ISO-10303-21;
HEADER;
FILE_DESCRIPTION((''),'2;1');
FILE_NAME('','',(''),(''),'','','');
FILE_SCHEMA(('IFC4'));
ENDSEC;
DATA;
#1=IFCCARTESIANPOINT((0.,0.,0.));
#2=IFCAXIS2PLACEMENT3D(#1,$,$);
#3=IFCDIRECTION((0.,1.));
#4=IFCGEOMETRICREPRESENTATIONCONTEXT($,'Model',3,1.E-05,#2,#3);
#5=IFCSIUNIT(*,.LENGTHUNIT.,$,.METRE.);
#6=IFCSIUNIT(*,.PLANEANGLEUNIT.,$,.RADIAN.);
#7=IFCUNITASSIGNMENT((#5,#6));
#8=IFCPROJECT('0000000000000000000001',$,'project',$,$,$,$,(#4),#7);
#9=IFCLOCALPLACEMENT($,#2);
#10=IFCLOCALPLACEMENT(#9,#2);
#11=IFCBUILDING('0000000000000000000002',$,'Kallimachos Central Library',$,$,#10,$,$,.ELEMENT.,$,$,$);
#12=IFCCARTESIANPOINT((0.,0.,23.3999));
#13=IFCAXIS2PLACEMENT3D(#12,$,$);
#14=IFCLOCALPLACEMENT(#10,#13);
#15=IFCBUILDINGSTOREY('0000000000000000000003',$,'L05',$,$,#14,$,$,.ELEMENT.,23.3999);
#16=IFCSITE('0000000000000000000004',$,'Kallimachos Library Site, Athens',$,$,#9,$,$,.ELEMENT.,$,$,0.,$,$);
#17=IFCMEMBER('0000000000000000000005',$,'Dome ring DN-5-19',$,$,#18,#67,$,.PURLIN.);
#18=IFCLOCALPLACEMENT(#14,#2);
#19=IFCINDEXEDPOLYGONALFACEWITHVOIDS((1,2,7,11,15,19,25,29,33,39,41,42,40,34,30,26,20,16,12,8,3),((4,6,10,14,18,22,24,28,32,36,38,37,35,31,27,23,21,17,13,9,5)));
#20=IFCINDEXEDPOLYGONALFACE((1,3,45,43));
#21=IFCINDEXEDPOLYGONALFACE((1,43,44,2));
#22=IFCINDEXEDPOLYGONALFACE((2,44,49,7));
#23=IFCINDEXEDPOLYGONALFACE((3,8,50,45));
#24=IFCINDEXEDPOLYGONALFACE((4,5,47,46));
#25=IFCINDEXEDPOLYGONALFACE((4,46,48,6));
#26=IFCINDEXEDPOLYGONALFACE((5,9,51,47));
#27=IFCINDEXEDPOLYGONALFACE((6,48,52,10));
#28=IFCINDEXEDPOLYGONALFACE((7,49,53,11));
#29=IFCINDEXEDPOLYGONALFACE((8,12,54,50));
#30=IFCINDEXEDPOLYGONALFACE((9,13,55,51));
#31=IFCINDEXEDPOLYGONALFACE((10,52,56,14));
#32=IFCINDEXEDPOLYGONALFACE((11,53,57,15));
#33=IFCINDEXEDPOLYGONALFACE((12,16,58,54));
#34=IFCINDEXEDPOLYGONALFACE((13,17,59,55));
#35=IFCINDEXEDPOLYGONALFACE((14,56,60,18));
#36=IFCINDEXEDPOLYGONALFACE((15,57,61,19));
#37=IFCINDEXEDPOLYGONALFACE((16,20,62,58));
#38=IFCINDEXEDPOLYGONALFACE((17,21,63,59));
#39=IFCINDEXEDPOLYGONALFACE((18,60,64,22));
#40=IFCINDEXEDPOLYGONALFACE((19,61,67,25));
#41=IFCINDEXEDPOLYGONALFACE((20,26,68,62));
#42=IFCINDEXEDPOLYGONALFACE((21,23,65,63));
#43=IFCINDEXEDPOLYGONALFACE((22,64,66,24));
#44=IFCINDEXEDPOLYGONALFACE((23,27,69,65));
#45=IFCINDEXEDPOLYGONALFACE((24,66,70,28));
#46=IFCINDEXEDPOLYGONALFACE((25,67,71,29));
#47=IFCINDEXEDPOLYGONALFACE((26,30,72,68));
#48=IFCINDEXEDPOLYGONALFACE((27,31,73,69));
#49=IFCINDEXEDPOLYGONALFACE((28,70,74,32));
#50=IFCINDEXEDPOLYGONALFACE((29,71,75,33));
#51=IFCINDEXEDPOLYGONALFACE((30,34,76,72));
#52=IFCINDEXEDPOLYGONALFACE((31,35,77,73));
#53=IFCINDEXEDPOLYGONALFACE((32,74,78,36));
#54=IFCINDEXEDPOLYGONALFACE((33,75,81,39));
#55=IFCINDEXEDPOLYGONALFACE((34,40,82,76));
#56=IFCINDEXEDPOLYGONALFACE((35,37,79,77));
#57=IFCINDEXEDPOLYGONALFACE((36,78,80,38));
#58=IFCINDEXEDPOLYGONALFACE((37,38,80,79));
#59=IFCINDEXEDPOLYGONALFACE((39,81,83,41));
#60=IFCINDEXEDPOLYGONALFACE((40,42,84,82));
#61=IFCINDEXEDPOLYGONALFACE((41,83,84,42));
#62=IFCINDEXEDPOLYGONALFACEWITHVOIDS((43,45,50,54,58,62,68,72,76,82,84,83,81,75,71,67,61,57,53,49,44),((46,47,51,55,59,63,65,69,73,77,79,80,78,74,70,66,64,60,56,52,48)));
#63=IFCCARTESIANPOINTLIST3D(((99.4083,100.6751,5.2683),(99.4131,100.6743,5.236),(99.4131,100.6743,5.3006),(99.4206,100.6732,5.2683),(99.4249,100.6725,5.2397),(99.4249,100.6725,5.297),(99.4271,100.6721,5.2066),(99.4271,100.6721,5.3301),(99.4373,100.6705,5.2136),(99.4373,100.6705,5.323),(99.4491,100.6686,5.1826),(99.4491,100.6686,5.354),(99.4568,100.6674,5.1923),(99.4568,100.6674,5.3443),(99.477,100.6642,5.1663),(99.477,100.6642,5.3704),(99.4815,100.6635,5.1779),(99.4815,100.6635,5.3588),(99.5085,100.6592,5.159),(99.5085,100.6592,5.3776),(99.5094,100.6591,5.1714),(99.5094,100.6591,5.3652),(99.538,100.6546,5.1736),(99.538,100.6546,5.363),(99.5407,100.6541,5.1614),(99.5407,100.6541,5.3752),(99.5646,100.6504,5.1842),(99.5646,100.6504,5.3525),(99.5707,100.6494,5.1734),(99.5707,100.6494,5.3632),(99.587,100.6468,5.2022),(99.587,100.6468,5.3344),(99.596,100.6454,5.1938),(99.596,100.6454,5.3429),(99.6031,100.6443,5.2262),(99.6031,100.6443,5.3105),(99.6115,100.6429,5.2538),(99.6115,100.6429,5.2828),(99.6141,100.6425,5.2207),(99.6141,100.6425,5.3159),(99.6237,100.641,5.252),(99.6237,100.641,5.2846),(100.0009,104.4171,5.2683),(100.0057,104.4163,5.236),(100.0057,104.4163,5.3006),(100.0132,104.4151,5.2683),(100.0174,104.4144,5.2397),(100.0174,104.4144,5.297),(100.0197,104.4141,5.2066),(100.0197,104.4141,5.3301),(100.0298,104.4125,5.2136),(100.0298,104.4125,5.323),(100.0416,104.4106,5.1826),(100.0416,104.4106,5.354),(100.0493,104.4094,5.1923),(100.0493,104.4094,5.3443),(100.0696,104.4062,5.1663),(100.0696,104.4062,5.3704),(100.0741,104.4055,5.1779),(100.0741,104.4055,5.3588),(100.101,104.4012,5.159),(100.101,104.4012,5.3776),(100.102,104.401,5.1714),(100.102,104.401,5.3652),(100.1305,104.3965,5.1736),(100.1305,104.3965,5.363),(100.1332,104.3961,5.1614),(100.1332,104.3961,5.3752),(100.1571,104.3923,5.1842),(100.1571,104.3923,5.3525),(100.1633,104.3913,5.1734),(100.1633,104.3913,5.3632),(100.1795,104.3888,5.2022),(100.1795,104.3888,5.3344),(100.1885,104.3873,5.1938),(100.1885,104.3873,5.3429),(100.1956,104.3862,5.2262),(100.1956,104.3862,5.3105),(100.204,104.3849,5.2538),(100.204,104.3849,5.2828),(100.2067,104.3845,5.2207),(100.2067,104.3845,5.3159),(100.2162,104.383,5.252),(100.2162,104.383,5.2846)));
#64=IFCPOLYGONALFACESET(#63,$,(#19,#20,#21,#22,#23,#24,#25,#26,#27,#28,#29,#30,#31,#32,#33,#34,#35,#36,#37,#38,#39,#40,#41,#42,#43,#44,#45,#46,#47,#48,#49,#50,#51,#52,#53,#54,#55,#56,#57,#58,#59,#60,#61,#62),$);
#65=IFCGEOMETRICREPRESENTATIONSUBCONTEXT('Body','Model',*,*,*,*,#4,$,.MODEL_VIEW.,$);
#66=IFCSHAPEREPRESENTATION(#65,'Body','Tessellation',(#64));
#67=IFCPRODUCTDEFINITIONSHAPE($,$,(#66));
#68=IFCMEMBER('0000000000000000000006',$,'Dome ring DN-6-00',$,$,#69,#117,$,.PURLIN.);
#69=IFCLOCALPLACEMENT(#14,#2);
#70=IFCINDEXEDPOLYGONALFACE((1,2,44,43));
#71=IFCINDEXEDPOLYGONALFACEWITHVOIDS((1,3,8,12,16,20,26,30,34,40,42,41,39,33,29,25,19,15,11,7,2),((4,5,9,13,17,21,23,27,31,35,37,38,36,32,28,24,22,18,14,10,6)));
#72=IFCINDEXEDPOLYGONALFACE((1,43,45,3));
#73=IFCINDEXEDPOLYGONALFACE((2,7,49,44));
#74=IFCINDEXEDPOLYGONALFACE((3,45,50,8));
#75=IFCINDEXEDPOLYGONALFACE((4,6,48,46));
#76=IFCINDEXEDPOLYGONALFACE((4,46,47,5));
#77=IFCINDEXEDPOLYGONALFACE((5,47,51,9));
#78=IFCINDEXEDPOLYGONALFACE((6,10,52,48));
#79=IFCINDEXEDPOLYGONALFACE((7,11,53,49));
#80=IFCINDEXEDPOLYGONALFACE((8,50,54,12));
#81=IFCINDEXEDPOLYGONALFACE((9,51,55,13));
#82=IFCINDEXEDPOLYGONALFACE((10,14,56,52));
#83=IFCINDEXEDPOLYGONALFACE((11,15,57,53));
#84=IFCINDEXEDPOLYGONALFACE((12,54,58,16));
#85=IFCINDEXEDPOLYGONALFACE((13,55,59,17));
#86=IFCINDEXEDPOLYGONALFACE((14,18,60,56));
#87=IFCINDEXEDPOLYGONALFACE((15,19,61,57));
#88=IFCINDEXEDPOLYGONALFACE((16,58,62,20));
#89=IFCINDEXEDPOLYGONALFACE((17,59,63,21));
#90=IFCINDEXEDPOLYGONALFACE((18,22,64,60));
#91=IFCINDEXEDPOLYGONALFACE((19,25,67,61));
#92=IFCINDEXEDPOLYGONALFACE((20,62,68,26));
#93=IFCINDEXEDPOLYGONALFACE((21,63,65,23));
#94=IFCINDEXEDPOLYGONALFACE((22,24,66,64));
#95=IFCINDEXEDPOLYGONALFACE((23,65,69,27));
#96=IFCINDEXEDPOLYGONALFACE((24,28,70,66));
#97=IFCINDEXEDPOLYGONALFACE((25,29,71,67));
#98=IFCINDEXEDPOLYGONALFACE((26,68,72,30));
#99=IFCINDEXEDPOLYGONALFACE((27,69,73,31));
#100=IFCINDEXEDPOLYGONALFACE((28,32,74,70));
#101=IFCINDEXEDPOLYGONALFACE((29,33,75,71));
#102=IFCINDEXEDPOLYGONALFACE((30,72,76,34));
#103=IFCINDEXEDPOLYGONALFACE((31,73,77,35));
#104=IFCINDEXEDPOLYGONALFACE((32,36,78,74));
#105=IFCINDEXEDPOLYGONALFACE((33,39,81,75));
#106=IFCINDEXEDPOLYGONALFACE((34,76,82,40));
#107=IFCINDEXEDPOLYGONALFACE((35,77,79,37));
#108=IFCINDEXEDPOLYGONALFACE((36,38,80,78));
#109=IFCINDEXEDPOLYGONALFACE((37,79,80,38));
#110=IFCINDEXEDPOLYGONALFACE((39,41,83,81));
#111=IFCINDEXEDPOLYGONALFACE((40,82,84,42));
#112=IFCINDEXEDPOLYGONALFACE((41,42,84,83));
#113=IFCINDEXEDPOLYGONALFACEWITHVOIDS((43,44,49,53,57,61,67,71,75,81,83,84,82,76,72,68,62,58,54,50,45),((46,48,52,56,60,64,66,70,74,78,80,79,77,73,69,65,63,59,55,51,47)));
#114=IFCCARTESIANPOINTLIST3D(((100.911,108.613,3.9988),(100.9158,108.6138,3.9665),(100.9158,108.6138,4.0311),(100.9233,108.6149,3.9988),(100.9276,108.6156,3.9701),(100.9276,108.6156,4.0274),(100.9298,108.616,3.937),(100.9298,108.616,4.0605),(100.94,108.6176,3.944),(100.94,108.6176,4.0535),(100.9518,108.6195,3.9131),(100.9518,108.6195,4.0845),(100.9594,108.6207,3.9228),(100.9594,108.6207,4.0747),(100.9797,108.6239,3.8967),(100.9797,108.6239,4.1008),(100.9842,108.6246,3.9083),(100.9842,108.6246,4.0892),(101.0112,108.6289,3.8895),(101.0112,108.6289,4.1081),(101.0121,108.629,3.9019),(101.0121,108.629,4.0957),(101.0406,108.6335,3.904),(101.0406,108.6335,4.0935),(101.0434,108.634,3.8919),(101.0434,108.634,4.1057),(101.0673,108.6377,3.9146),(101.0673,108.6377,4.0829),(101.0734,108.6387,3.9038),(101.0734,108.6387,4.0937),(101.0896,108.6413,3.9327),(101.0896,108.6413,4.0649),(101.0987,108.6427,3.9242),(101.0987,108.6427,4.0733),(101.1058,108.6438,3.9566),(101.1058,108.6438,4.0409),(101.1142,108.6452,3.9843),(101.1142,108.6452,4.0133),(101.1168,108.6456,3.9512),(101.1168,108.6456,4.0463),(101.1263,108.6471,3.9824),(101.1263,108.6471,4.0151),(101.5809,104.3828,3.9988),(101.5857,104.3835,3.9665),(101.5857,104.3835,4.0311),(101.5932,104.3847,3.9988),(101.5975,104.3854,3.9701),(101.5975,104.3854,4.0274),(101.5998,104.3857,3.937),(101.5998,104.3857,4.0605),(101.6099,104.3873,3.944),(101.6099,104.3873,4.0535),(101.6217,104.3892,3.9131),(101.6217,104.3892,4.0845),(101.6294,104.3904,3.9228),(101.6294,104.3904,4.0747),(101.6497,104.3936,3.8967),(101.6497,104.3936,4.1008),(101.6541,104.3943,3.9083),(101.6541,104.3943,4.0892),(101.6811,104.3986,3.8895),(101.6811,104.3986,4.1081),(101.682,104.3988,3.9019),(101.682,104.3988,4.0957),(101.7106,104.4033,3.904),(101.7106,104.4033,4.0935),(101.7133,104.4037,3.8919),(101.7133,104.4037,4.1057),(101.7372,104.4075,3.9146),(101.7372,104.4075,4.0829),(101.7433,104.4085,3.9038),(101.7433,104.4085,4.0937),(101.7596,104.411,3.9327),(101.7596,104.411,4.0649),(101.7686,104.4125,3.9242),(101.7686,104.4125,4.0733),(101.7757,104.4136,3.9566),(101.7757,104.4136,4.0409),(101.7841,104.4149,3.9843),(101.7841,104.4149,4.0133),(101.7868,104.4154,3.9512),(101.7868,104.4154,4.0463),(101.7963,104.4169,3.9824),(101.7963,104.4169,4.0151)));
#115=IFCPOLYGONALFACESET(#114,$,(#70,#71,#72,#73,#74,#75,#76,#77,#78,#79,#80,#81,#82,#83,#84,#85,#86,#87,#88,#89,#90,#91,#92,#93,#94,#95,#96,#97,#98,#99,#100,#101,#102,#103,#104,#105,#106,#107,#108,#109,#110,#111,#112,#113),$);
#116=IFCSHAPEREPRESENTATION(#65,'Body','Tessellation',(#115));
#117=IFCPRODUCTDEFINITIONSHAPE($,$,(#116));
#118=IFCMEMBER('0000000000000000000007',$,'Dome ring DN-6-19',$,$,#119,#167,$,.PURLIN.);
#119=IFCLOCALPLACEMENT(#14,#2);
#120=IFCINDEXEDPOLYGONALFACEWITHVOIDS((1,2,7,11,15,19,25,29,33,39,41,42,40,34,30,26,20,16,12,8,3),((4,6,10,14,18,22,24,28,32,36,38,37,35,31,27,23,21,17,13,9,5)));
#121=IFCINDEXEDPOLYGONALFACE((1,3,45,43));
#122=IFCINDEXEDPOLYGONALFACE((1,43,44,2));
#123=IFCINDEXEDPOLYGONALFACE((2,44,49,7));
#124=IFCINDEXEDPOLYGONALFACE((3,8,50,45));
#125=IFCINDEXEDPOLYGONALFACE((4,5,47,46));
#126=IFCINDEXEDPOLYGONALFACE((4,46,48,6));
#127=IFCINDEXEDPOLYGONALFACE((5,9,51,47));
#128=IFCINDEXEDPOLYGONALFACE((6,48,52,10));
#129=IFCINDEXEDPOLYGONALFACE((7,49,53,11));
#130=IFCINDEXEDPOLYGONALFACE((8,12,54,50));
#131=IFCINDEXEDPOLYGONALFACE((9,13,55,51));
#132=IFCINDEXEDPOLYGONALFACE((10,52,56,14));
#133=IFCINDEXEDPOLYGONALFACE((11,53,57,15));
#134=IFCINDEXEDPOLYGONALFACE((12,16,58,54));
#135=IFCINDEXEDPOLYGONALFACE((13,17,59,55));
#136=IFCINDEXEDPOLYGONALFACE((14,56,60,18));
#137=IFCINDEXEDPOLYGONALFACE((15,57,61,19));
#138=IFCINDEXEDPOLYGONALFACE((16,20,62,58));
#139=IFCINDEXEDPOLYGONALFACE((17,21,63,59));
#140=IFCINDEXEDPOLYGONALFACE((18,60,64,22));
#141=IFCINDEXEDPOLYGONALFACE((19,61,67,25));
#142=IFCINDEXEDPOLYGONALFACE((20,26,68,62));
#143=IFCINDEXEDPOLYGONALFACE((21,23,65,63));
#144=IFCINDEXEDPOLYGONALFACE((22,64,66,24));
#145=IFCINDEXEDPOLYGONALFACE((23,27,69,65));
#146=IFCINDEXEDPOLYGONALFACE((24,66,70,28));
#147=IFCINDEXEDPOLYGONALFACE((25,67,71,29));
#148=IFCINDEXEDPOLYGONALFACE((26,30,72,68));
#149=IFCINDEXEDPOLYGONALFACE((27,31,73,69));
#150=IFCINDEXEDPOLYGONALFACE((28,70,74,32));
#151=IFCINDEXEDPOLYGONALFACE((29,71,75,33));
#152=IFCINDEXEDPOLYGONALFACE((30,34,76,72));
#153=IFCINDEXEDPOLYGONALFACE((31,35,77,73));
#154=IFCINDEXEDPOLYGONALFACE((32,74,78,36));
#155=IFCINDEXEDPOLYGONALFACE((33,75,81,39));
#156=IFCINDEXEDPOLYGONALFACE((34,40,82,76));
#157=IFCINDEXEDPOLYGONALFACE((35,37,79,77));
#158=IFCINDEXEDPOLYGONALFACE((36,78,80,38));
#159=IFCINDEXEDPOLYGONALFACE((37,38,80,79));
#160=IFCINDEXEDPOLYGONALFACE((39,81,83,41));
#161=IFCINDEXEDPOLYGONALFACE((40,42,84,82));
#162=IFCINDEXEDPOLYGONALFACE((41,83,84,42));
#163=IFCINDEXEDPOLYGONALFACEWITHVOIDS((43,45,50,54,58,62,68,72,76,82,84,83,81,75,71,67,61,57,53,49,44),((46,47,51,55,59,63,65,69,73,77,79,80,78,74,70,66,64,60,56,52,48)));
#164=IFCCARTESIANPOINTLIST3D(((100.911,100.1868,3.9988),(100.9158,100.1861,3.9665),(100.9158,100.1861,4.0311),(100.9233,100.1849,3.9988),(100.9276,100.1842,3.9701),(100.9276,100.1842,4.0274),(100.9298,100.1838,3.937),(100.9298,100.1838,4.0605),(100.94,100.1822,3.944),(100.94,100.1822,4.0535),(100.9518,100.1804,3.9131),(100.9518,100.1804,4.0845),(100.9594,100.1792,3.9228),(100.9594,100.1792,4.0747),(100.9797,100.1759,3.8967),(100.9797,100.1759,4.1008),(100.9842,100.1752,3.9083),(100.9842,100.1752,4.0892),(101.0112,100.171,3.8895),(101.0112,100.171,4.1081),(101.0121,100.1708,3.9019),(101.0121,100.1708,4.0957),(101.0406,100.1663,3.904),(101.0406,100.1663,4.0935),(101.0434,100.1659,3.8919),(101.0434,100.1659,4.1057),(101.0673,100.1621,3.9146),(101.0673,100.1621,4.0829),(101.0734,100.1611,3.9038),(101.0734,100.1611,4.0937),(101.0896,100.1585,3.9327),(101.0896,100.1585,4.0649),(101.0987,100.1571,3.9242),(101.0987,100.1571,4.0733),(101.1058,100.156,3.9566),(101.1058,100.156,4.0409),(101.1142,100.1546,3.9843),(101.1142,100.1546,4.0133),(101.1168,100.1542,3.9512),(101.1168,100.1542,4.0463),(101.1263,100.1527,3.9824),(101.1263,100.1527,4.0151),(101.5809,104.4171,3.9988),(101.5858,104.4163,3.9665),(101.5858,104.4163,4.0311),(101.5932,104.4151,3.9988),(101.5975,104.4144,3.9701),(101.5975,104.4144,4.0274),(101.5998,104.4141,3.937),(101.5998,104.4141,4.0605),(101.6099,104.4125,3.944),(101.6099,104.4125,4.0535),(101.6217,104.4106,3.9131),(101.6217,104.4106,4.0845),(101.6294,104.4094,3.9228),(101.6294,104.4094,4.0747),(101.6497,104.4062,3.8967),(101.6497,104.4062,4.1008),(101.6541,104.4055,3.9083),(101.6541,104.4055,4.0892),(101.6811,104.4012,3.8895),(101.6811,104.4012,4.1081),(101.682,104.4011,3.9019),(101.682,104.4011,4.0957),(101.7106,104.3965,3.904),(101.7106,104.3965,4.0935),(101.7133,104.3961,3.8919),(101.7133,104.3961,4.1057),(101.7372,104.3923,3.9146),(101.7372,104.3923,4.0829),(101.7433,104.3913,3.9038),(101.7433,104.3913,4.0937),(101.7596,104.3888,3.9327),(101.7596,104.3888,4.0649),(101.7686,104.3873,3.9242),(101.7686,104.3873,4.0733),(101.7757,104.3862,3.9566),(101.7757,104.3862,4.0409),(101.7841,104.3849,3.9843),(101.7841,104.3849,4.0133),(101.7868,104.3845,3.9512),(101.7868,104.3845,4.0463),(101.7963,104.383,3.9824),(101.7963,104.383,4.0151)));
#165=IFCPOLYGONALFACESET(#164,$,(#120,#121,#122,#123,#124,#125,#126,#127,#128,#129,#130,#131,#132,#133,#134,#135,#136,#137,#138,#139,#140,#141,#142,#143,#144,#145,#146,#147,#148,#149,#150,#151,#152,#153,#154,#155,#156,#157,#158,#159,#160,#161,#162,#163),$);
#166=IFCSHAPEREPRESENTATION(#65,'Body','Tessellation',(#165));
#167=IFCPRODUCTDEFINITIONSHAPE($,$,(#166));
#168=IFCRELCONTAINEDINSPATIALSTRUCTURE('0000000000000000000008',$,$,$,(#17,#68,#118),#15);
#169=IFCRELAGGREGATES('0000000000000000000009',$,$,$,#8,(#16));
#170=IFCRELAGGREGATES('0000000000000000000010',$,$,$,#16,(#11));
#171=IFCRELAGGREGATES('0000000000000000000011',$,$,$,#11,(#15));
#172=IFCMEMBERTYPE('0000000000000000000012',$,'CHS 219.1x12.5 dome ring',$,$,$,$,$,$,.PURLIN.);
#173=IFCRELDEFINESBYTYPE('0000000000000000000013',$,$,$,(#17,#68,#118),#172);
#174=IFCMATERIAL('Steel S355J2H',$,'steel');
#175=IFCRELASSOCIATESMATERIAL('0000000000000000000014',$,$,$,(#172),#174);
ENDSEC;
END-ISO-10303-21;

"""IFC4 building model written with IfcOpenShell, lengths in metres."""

from ifc_helpers import new_model, si_unit, direction, frame, origin, origin_2d, place, context, subcontext, project, spatial, hollow_circle, extrude, material, material_profile, profile_set, type_object, element, save


model = new_model("IFC4")

# Units and contexts
model_context = context("Model", 3, precision=1e-05, world=origin(), true_north=direction((0.0, 1.0)))
body_context = subcontext(model_context, "Body", "Model", "MODEL_VIEW")
ifc_project = project(units=[si_unit("LENGTHUNIT", "METRE"), si_unit("PLANEANGLEUNIT", "RADIAN")], contexts=[model_context])

# Site, building, storey
site_placement = place(None, origin())
site = spatial("IfcSite", under=ifc_project, at=site_placement, Name="Kallimachos Library Site, Athens", CompositionType="ELEMENT", RefElevation=0.0)
building_placement = place(site_placement, origin())
building = spatial("IfcBuilding", under=site, at=building_placement, Name="Kallimachos Central Library", CompositionType="ELEMENT")
storey_placement = place(building_placement, frame((0.0, 0.0, 23.3999)))
storey = spatial("IfcBuildingStorey", under=building, at=storey_placement, Name="L05", CompositionType="ELEMENT", Elevation=23.3999)

# Members
ifc_material_1 = material(Name="Steel S355J2H", Category="steel")
ifc_material_profile_1 = material_profile(ifc_material_1, hollow_circle(Radius=0.1096, WallThickness=0.0125, at=origin_2d()), Name="CHS 219.1x12.5")
ifc_profile_set_1 = profile_set([ifc_material_profile_1], Name="Steel S355J2H")
member_type_1 = type_object("IfcMemberType", Name="CHS 219.1x12.5 dome ring", PredefinedType="PURLIN", material=ifc_profile_set_1)
for number, where, z_axis, x_axis, name in (
    (1, (99.5166, 100.658, 5.2683), (0.156399, 0.987694, 0.0), (-0.987694, 0.156399, 0.0), "Dome ring DN-5-19"),
):
    element("IfcMember", number, at=place(storey_placement, frame(where, z_axis=z_axis, x_axis=x_axis)), inside=storey, type_object=member_type_1, Name=name, PredefinedType="PURLIN", context=body_context, shape_type="SweptSolid", body=[
        extrude(hollow_circle(Radius=0.1096, WallThickness=0.0125, at=origin_2d()), origin(), (0.0, 0.0, 1.0), 3.7886),
    ])
for number, where, z_axis, x_axis, name in (
    (2, (101.6892, 104.3999, 3.9988), (-0.156416, 0.987691, 0.0), (-0.987691, -0.156416, 0.0), "Dome ring DN-6-00"),
    (3, (101.0193, 100.1697, 3.9988), (0.156416, 0.987691, 0.0), (-0.987691, 0.156416, 0.0), "Dome ring DN-6-19"),
):
    element("IfcMember", number, at=place(storey_placement, frame(where, z_axis=z_axis, x_axis=x_axis)), inside=storey, type_object=member_type_1, Name=name, PredefinedType="PURLIN", context=body_context, shape_type="SweptSolid", body=[
        extrude(hollow_circle(Radius=0.1096, WallThickness=0.0125, at=origin_2d()), origin(), (0.0, 0.0, 1.0), 4.283),
    ])

save(model, "model.ifc")
